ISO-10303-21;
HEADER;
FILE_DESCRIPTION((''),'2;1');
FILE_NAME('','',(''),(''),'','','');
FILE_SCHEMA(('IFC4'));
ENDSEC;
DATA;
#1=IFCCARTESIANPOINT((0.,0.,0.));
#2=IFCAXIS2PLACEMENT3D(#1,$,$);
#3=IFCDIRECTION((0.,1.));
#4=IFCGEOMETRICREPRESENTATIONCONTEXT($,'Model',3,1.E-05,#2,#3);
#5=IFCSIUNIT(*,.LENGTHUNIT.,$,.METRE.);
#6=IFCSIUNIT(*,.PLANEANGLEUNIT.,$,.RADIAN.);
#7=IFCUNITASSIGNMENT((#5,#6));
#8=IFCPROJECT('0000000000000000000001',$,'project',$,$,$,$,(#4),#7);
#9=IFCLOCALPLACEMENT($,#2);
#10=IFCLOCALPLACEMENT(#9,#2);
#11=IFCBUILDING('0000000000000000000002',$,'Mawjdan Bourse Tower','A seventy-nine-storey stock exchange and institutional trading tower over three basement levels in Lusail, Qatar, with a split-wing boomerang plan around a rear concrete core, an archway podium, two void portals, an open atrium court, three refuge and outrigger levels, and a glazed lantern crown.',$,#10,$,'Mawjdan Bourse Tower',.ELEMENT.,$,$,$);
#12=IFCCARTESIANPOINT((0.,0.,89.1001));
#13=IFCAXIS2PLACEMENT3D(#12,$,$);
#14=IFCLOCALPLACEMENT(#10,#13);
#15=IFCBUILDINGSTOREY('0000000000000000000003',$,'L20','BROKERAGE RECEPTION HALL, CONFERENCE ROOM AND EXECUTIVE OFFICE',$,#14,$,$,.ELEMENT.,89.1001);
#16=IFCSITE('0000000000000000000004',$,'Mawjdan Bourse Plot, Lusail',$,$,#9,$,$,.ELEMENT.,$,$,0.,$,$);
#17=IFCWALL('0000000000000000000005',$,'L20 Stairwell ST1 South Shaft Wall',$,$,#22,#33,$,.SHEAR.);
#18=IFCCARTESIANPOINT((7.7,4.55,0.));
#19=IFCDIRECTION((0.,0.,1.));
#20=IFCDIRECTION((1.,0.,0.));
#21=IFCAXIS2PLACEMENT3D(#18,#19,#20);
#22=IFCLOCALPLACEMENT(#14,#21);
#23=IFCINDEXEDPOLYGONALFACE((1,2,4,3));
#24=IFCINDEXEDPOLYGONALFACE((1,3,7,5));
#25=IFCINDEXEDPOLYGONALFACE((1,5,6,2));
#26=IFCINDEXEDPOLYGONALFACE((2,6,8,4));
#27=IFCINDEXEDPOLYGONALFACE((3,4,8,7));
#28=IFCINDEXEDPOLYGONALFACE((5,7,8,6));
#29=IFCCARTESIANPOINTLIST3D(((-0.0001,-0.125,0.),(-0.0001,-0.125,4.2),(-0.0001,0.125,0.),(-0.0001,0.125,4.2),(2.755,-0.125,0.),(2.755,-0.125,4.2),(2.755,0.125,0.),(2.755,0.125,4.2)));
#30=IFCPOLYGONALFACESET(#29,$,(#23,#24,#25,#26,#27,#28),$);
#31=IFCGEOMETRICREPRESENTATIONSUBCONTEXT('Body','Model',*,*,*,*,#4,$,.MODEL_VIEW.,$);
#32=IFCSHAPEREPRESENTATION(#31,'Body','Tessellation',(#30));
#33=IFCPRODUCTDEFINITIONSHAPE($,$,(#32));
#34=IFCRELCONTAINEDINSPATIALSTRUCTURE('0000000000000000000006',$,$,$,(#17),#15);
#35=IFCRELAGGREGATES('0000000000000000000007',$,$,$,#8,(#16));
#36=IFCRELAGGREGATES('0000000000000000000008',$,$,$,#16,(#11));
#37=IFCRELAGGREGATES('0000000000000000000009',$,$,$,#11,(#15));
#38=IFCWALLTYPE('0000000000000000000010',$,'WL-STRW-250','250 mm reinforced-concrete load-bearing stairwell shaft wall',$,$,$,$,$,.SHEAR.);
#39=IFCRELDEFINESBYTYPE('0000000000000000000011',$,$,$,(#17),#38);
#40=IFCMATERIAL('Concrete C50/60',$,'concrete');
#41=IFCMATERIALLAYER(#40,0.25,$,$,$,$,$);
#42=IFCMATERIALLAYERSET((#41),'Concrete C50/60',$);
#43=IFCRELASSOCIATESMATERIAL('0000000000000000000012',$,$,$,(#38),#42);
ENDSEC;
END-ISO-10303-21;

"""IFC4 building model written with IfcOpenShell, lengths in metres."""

from ifc_helpers import new_model, si_unit, direction, frame, frame_2d, origin, place, context, subcontext, project, spatial, rectangle, extrude, material, layer, layer_set, type_object, element, save


model = new_model("IFC4")

# Units and contexts
model_context = context("Model", 3, precision=1e-05, world=origin(), true_north=direction((0.0, 1.0)))
body_context = subcontext(model_context, "Body", "Model", "MODEL_VIEW")
ifc_project = project(units=[si_unit("LENGTHUNIT", "METRE"), si_unit("PLANEANGLEUNIT", "RADIAN")], contexts=[model_context])

# Site, building, storey
site_placement = place(None, origin())
site = spatial("IfcSite", under=ifc_project, at=site_placement, Name="Mawjdan Bourse Plot, Lusail", CompositionType="ELEMENT", RefElevation=0.0)
building_placement = place(site_placement, origin())
building = spatial("IfcBuilding", under=site, at=building_placement, Name="Mawjdan Bourse Tower", Description="A seventy-nine-storey stock exchange and institutional trading tower over three basement levels in Lusail, Qatar, with a split-wing boomerang plan around a rear concrete core, an archway podium, two void portals, an open atrium court, three refuge and outrigger levels, and a glazed lantern crown.", LongName="Mawjdan Bourse Tower", CompositionType="ELEMENT")
storey_placement = place(building_placement, frame((0.0, 0.0, 89.1001)))
storey = spatial("IfcBuildingStorey", under=building, at=storey_placement, Name="L20", Description="BROKERAGE RECEPTION HALL, CONFERENCE ROOM AND EXECUTIVE OFFICE", CompositionType="ELEMENT", Elevation=89.1001)

# Shared definitions
ifc_material_1 = material(Name="Concrete C50/60", Category="concrete")

# Wall
ifc_layer_1 = layer(ifc_material_1, 0.25)
ifc_layer_set_1 = layer_set([ifc_layer_1], Name="Concrete C50/60")
wall_type_1 = type_object("IfcWallType", Name="WL-STRW-250", Description="250 mm reinforced-concrete load-bearing stairwell shaft wall", PredefinedType="SHEAR", material=ifc_layer_set_1)
wall_1_placement = place(storey_placement, frame((7.7, 4.55, 0.0), z_axis=(0.0, 0.0, 1.0), x_axis=(1.0, 0.0, 0.0)))
element("IfcWall", 1, at=wall_1_placement, inside=storey, type_object=wall_type_1, Name="L20 Stairwell ST1 South Shaft Wall", PredefinedType="SHEAR", context=body_context, shape_type="SweptSolid", body=[
    extrude(rectangle(XDim=2.7551, YDim=0.25, at=frame_2d((1.3774, 0.0))), origin(), (0.0, 0.0, 1.0), 4.2),
])

save(model, "model.ifc")
